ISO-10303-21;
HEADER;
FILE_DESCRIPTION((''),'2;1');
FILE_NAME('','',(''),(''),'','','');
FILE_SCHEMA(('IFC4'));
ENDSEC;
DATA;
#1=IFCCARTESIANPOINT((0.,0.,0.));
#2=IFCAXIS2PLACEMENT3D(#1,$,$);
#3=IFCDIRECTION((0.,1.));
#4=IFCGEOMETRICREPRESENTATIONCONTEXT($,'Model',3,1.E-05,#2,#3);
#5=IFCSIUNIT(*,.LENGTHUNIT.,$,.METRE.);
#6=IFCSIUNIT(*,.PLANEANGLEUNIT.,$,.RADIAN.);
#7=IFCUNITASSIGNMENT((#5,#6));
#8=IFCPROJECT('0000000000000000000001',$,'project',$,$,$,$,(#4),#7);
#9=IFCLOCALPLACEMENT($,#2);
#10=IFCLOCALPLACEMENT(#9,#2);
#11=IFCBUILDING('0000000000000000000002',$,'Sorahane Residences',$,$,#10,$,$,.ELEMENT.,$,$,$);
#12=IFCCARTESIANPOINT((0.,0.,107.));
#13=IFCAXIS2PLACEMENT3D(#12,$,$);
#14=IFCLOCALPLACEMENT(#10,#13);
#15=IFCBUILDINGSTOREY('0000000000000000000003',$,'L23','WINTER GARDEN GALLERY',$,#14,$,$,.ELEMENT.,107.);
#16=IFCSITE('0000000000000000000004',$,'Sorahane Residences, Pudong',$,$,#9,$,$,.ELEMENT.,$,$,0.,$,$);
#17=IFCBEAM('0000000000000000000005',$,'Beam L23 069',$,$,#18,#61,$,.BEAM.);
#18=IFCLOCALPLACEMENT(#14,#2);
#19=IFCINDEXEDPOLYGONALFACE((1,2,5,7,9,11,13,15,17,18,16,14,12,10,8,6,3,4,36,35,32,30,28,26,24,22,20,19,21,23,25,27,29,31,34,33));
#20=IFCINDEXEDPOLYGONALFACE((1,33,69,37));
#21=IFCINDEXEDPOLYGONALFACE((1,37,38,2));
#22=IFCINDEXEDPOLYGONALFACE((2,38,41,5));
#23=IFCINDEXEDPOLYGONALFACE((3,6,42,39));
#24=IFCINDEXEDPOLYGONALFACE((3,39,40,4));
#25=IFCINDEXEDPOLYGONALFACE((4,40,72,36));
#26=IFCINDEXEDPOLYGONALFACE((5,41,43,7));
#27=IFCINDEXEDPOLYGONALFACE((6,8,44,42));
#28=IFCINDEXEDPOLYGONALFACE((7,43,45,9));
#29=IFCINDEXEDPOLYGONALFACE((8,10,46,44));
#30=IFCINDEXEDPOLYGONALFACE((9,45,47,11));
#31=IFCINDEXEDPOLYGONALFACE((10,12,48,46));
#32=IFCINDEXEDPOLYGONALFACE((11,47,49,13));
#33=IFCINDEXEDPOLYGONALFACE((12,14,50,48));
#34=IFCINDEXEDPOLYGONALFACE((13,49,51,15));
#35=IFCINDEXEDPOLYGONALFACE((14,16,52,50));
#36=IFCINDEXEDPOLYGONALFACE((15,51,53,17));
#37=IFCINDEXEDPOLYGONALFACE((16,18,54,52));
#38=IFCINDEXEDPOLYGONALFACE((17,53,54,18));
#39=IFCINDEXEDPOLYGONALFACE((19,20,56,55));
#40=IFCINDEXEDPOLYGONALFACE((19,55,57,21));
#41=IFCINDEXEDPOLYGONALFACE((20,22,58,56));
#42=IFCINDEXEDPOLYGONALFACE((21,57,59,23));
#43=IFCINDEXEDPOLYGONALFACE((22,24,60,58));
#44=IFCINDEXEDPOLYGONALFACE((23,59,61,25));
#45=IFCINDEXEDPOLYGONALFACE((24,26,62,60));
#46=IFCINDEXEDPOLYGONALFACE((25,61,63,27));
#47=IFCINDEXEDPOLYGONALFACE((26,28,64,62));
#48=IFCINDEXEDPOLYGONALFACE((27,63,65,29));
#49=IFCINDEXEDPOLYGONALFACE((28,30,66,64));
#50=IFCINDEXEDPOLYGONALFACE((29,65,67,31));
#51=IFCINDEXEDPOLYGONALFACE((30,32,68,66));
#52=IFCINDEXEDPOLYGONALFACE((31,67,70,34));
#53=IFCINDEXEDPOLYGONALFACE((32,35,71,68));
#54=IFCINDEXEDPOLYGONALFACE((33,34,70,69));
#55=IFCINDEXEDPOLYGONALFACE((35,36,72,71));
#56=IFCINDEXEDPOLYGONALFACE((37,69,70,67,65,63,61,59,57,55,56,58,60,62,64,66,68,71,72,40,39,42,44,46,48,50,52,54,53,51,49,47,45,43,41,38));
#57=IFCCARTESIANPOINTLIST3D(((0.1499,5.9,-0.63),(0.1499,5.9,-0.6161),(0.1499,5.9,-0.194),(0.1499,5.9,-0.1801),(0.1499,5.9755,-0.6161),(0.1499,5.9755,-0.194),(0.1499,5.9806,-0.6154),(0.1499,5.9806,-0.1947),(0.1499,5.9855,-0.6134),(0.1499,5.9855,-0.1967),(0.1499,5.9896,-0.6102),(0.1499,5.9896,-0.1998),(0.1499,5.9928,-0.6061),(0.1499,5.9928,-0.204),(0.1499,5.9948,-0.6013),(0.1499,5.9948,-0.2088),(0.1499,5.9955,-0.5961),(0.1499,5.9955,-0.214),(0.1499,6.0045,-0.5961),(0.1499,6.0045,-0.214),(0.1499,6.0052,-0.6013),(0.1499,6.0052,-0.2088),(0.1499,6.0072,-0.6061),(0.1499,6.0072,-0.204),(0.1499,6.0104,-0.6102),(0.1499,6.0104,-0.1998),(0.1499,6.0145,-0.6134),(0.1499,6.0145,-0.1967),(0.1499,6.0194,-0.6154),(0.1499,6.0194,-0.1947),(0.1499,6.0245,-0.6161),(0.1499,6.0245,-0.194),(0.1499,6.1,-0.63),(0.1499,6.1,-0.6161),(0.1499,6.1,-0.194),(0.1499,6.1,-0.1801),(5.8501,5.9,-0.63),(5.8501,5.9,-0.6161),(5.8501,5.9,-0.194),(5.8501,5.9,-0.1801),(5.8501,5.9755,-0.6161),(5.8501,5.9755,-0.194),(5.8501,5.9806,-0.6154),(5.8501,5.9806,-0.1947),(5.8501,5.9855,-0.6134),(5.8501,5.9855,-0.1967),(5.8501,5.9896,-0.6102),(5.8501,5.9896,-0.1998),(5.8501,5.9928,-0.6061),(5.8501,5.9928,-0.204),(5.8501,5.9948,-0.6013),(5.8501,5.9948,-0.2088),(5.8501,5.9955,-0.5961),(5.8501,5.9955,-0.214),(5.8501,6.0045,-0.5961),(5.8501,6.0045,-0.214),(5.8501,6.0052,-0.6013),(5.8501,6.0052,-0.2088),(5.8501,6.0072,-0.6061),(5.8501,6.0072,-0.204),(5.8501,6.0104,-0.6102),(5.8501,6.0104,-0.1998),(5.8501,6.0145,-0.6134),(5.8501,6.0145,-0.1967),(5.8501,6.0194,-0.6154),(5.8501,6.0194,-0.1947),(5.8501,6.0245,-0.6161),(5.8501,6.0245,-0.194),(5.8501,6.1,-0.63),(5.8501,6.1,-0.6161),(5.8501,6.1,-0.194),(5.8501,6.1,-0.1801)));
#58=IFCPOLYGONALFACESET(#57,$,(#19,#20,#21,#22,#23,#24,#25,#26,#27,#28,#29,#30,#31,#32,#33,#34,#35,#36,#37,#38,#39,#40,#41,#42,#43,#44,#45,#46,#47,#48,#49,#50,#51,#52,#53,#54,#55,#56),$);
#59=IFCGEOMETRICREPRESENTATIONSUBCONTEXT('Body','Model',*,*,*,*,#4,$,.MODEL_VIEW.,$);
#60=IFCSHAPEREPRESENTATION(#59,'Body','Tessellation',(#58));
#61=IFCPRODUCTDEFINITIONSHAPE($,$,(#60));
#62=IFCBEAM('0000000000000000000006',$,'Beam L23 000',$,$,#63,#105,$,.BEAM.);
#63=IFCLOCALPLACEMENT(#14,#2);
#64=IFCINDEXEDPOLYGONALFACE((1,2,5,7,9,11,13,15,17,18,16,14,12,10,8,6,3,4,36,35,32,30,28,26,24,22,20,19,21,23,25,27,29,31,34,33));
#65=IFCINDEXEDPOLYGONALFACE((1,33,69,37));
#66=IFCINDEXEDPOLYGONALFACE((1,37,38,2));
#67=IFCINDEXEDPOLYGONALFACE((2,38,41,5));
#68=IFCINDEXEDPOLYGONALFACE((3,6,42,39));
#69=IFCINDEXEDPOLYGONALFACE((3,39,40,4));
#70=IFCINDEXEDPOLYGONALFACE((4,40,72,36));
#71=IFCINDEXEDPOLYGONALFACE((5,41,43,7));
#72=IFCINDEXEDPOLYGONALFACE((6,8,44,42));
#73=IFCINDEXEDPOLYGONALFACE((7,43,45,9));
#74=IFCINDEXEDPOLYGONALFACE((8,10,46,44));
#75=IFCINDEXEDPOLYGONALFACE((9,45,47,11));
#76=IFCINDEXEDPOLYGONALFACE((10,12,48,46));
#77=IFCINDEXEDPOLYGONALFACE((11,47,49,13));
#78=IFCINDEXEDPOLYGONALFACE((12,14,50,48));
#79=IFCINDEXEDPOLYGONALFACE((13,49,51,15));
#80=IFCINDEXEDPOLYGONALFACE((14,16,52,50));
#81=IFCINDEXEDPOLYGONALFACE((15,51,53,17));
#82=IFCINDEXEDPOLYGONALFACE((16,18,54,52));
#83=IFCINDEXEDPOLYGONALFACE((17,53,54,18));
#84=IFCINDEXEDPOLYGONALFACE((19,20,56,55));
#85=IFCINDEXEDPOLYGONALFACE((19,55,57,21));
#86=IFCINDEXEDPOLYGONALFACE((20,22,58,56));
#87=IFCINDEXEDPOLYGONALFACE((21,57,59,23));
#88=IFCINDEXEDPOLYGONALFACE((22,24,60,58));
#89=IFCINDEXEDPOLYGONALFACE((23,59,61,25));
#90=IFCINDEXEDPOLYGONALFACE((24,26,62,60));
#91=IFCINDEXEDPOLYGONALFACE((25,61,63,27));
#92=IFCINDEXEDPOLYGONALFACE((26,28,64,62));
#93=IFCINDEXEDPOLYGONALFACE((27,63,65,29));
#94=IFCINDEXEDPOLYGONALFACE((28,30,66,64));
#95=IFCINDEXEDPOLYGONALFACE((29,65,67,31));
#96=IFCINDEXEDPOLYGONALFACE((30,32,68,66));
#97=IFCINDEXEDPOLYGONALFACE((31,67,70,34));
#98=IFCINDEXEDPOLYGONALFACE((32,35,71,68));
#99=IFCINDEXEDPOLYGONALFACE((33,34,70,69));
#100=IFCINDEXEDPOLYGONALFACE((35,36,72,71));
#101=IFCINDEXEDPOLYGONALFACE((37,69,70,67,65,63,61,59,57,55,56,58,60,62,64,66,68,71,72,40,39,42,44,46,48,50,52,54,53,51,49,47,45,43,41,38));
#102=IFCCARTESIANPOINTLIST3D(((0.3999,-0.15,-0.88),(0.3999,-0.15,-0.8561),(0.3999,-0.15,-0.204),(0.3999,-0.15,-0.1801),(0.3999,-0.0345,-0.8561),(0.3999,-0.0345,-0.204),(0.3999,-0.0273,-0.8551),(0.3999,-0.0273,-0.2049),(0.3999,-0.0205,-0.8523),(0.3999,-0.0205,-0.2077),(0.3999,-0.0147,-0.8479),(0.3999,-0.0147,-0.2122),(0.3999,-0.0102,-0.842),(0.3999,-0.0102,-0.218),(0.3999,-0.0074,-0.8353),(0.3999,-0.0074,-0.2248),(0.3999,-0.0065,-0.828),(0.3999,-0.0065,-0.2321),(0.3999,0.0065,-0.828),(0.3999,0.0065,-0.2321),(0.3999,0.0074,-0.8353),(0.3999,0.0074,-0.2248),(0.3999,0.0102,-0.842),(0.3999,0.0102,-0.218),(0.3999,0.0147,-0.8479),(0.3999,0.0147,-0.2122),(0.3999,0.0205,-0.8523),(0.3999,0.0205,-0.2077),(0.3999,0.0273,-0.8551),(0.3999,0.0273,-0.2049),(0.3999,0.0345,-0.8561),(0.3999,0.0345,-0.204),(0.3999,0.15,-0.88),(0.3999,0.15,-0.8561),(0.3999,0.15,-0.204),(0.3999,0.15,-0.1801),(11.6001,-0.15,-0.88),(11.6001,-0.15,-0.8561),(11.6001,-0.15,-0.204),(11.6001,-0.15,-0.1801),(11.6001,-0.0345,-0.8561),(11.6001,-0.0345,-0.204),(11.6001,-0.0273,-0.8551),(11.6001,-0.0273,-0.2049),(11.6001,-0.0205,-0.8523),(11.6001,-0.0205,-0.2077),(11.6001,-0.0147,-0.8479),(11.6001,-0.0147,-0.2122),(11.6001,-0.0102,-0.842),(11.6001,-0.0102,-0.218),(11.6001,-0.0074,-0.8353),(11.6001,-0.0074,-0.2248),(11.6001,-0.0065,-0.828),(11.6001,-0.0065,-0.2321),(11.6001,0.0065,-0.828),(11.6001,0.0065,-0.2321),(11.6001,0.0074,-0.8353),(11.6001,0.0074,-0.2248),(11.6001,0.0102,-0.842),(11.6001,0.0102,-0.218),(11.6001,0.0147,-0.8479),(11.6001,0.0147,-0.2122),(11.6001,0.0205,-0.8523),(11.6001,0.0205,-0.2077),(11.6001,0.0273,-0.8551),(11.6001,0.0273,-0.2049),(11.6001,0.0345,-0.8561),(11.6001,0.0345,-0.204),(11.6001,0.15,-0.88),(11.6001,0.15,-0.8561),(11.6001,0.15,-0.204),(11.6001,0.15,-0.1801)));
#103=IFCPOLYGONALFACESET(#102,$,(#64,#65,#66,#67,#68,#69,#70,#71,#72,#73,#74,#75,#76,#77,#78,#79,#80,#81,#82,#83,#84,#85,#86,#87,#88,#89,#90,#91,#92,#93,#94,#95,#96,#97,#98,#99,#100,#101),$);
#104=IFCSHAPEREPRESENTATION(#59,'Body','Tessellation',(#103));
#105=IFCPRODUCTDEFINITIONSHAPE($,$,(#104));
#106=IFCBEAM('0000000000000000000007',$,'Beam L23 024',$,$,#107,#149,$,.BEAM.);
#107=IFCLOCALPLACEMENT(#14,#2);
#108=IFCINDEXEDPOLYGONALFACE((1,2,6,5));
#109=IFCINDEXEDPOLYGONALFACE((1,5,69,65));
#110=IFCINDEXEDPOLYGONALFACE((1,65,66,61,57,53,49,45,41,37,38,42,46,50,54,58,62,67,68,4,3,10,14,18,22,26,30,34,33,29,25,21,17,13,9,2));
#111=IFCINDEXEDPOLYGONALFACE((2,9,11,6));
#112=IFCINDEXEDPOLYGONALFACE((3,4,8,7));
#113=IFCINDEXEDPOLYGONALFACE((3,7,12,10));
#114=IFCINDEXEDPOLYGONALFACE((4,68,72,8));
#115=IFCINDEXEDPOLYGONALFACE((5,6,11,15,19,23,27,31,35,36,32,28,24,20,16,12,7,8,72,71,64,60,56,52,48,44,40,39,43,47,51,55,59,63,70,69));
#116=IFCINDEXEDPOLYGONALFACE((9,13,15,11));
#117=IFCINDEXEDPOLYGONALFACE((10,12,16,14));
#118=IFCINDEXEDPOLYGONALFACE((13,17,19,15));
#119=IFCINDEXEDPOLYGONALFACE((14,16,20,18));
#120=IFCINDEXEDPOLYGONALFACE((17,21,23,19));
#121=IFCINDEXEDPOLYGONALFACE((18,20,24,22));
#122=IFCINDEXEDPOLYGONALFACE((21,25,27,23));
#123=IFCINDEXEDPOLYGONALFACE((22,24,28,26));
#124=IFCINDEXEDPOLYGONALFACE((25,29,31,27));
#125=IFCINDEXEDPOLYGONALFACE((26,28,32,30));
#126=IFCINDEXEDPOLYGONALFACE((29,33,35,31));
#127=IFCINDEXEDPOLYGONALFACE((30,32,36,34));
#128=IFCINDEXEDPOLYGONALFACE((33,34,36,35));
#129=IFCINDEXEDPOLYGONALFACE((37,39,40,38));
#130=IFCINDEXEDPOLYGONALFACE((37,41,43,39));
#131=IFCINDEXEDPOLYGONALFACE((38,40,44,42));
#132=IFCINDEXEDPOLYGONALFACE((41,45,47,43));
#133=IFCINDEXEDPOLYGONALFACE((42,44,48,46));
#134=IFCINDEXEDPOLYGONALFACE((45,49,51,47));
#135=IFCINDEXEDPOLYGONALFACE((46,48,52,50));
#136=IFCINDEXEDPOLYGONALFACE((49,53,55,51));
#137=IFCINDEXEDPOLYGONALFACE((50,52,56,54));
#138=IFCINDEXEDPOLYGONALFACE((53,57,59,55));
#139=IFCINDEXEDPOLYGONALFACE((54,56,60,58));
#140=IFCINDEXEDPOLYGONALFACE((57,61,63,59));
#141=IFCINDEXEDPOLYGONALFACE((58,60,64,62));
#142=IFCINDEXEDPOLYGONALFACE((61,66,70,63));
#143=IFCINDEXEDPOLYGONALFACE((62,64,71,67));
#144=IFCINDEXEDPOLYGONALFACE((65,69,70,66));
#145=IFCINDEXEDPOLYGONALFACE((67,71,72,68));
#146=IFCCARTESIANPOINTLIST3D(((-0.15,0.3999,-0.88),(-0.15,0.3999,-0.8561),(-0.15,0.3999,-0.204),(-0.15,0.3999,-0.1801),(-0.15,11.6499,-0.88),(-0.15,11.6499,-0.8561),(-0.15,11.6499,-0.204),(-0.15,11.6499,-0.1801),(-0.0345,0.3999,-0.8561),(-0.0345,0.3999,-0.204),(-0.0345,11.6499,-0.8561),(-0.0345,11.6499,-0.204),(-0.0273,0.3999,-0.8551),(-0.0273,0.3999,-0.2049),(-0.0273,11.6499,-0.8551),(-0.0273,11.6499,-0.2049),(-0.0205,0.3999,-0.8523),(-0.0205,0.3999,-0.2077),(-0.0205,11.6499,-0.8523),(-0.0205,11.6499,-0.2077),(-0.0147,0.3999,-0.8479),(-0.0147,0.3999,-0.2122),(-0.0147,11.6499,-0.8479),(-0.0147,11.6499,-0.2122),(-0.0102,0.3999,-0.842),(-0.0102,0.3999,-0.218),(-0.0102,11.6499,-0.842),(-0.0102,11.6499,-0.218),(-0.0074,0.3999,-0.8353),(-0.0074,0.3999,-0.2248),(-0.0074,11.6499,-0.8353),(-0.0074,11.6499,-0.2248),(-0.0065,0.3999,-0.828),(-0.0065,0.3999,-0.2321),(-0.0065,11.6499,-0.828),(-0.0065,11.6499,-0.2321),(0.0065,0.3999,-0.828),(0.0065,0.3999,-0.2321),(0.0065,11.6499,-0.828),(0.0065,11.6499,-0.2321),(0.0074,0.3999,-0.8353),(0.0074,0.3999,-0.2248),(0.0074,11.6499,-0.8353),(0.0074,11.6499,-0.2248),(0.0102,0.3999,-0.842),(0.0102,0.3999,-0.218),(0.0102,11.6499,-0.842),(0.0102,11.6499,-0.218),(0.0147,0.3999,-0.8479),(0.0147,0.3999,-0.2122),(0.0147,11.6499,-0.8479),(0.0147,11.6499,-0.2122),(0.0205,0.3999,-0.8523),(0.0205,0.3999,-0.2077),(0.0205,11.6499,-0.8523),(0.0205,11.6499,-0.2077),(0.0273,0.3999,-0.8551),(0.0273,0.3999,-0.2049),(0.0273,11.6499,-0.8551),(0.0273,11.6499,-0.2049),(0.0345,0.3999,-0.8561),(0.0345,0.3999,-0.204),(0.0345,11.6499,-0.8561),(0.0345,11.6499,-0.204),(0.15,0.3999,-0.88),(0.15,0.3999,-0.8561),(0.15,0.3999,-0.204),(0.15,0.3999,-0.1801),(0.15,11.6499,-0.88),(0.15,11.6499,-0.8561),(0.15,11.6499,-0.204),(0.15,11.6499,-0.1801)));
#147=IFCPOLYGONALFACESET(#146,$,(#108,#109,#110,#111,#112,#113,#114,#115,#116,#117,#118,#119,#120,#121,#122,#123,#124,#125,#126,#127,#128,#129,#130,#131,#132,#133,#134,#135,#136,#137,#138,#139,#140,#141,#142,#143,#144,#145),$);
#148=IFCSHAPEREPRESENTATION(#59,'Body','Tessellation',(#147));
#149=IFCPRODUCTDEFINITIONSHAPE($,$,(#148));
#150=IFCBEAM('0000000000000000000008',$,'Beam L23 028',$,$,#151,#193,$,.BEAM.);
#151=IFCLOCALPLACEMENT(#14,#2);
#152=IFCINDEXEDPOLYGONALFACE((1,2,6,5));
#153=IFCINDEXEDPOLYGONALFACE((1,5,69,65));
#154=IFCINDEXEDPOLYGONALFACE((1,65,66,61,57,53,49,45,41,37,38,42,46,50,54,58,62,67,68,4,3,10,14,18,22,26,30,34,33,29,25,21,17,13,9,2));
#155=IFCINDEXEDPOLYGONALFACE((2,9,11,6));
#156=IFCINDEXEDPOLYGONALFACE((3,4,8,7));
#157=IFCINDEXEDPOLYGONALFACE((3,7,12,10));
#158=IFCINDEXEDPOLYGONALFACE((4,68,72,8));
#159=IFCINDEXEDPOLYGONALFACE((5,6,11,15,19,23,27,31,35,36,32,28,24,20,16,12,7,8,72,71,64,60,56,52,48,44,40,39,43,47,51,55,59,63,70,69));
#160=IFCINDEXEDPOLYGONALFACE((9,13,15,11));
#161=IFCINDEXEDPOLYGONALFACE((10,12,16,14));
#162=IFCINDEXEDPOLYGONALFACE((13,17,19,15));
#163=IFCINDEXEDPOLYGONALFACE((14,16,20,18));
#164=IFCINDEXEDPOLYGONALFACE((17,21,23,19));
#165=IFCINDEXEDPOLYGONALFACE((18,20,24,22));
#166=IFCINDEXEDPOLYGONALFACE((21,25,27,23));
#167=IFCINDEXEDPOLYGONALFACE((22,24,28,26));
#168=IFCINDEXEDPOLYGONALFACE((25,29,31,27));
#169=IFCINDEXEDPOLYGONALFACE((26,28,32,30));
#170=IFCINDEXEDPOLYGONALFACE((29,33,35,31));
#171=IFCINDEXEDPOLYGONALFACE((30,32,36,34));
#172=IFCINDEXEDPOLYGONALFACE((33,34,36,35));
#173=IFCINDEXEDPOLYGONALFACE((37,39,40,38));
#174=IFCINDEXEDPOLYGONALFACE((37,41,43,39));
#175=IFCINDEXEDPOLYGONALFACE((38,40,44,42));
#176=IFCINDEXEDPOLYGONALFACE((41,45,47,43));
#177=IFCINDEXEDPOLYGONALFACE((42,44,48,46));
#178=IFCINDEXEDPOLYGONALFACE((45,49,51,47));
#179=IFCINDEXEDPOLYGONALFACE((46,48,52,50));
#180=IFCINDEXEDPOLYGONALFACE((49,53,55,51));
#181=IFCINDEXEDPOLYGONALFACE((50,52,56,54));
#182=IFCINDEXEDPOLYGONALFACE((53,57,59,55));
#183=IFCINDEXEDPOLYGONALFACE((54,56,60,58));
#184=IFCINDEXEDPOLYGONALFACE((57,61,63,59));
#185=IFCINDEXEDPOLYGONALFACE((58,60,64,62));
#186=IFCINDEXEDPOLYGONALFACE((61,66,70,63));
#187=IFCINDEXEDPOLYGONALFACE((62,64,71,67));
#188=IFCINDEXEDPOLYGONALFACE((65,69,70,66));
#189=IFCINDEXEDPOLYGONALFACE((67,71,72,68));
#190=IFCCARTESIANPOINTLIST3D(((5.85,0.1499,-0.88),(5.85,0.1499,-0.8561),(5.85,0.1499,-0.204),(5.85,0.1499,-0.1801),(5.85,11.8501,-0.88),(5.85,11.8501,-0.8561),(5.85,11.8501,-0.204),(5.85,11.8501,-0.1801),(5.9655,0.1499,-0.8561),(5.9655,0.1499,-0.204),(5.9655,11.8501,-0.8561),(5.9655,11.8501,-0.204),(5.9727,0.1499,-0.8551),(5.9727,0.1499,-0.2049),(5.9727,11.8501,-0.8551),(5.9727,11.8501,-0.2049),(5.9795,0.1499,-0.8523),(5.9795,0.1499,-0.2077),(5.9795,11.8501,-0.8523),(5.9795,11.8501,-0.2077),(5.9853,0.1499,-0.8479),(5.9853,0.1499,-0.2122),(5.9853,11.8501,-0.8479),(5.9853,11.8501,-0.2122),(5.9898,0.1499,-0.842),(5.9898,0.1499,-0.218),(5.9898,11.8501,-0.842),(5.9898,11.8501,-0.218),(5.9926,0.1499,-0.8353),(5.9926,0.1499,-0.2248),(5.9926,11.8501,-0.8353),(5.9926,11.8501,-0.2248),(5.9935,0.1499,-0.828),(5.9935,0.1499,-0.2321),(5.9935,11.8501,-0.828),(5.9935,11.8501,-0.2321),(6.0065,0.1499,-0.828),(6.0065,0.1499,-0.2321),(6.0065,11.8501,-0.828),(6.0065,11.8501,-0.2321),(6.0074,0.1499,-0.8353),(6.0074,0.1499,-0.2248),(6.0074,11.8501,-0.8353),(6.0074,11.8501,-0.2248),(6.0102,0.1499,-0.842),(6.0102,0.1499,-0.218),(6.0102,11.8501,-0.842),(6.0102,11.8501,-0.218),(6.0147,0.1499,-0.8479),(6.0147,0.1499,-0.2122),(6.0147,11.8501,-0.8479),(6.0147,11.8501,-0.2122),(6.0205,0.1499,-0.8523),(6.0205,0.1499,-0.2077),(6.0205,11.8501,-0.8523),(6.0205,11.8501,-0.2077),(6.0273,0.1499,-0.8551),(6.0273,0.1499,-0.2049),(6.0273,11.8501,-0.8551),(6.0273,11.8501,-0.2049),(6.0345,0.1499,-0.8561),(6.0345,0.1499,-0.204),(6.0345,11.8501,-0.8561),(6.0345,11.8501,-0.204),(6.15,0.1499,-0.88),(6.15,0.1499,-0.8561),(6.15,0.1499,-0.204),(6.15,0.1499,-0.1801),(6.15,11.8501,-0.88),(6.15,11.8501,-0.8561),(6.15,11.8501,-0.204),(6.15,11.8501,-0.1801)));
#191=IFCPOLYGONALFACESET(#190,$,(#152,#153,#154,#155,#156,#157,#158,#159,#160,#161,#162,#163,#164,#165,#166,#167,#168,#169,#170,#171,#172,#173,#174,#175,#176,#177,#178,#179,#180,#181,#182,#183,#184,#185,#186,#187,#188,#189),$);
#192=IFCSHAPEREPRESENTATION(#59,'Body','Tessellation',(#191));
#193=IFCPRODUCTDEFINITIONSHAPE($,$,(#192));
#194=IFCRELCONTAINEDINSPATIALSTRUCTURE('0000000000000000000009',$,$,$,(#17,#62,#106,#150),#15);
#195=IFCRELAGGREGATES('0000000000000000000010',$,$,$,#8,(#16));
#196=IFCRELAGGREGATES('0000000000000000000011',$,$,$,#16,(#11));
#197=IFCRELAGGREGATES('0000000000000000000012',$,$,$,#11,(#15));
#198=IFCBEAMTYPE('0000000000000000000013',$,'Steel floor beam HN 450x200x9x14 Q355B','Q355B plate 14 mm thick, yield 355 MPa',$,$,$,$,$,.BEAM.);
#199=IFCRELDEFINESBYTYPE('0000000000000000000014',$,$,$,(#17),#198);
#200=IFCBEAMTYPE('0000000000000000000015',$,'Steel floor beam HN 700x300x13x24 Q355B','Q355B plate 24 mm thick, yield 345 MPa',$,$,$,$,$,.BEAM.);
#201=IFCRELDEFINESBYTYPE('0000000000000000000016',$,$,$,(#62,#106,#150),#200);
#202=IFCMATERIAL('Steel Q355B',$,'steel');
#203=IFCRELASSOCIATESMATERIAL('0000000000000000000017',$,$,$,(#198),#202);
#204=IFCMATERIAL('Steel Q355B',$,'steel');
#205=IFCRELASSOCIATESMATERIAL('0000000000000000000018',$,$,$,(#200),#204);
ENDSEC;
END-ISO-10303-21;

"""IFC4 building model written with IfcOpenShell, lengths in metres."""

from ifc_helpers import new_model, si_unit, direction, frame, origin, origin_2d, place, context, subcontext, project, spatial, i_section, extrude, material, material_profile, profile_set, type_object, element, save


model = new_model("IFC4")

# Units and contexts
model_context = context("Model", 3, precision=1e-05, world=origin(), true_north=direction((0.0, 1.0)))
body_context = subcontext(model_context, "Body", "Model", "MODEL_VIEW")
ifc_project = project(units=[si_unit("LENGTHUNIT", "METRE"), si_unit("PLANEANGLEUNIT", "RADIAN")], contexts=[model_context])

# Site, building, storey
site_placement = place(None, origin())
site = spatial("IfcSite", under=ifc_project, at=site_placement, Name="Sorahane Residences, Pudong", CompositionType="ELEMENT", RefElevation=0.0)
building_placement = place(site_placement, origin())
building = spatial("IfcBuilding", under=site, at=building_placement, Name="Sorahane Residences", CompositionType="ELEMENT")
storey_placement = place(building_placement, frame((0.0, 0.0, 107.0)))
storey = spatial("IfcBuildingStorey", under=building, at=storey_placement, Name="L23", Description="WINTER GARDEN GALLERY", CompositionType="ELEMENT", Elevation=107.0)

# Beams
ifc_material_1 = material(Name="Steel Q355B", Category="steel")
ifc_material_profile_1 = material_profile(ifc_material_1, i_section(OverallWidth=0.2, OverallDepth=0.45, WebThickness=0.009, FlangeThickness=0.0139, FilletRadius=0.02, at=origin_2d()), Name="HN 450x200x9x14")
ifc_profile_set_1 = profile_set([ifc_material_profile_1], Name="Steel Q355B")
beam_type_1 = type_object("IfcBeamType", Name="Steel floor beam HN 450x200x9x14 Q355B", Description="Q355B plate 14 mm thick, yield 355 MPa", PredefinedType="BEAM", material=ifc_profile_set_1)
beam_1_placement = place(storey_placement, frame((0.1499, 6.0, -0.405), z_axis=(1.0, 0.0, 0.0), x_axis=(0.0, 1.0, 0.0)))
element("IfcBeam", 1, at=beam_1_placement, inside=storey, type_object=beam_type_1, Name="Beam L23 069", PredefinedType="BEAM", context=body_context, shape_type="SweptSolid", body=[
    extrude(i_section(OverallWidth=0.2, OverallDepth=0.45, WebThickness=0.009, FlangeThickness=0.0139, FilletRadius=0.02, at=origin_2d()), origin(), (0.0, 0.0, 1.0), 5.7002),
])
ifc_material_2 = material(Name="Steel Q355B", Category="steel")
ifc_material_profile_2 = material_profile(ifc_material_2, i_section(OverallWidth=0.3, OverallDepth=0.7, WebThickness=0.0129, FlangeThickness=0.0239, FilletRadius=0.0281, at=origin_2d()), Name="HN 700x300x13x24")
ifc_profile_set_2 = profile_set([ifc_material_profile_2], Name="Steel Q355B")
beam_type_2 = type_object("IfcBeamType", Name="Steel floor beam HN 700x300x13x24 Q355B", Description="Q355B plate 24 mm thick, yield 345 MPa", PredefinedType="BEAM", material=ifc_profile_set_2)
beam_2_placement = place(storey_placement, frame((0.3999, 0.0, -0.53), z_axis=(1.0, 0.0, 0.0), x_axis=(0.0, 1.0, 0.0)))
element("IfcBeam", 2, at=beam_2_placement, inside=storey, type_object=beam_type_2, Name="Beam L23 000", PredefinedType="BEAM", context=body_context, shape_type="SweptSolid", body=[
    extrude(i_section(OverallWidth=0.3, OverallDepth=0.7, WebThickness=0.0129, FlangeThickness=0.0239, FilletRadius=0.0281, at=origin_2d()), origin(), (0.0, 0.0, 1.0), 11.2002),
])
beam_3_placement = place(storey_placement, frame((0.0, 0.3999, -0.53), z_axis=(0.0, 1.0, 0.0), x_axis=(-1.0, 0.0, 0.0)))
element("IfcBeam", 3, at=beam_3_placement, inside=storey, type_object=beam_type_2, Name="Beam L23 024", PredefinedType="BEAM", context=body_context, shape_type="SweptSolid", body=[
    extrude(i_section(OverallWidth=0.3, OverallDepth=0.7, WebThickness=0.0129, FlangeThickness=0.0239, FilletRadius=0.0281, at=origin_2d()), origin(), (0.0, 0.0, 1.0), 11.25),
])
beam_4_placement = place(storey_placement, frame((6.0, 0.1499, -0.53), z_axis=(0.0, 1.0, 0.0), x_axis=(-1.0, 0.0, 0.0)))
element("IfcBeam", 4, at=beam_4_placement, inside=storey, type_object=beam_type_2, Name="Beam L23 028", PredefinedType="BEAM", context=body_context, shape_type="SweptSolid", body=[
    extrude(i_section(OverallWidth=0.3, OverallDepth=0.7, WebThickness=0.0129, FlangeThickness=0.0239, FilletRadius=0.0281, at=origin_2d()), origin(), (0.0, 0.0, 1.0), 11.7002),
])

save(model, "model.ifc")
